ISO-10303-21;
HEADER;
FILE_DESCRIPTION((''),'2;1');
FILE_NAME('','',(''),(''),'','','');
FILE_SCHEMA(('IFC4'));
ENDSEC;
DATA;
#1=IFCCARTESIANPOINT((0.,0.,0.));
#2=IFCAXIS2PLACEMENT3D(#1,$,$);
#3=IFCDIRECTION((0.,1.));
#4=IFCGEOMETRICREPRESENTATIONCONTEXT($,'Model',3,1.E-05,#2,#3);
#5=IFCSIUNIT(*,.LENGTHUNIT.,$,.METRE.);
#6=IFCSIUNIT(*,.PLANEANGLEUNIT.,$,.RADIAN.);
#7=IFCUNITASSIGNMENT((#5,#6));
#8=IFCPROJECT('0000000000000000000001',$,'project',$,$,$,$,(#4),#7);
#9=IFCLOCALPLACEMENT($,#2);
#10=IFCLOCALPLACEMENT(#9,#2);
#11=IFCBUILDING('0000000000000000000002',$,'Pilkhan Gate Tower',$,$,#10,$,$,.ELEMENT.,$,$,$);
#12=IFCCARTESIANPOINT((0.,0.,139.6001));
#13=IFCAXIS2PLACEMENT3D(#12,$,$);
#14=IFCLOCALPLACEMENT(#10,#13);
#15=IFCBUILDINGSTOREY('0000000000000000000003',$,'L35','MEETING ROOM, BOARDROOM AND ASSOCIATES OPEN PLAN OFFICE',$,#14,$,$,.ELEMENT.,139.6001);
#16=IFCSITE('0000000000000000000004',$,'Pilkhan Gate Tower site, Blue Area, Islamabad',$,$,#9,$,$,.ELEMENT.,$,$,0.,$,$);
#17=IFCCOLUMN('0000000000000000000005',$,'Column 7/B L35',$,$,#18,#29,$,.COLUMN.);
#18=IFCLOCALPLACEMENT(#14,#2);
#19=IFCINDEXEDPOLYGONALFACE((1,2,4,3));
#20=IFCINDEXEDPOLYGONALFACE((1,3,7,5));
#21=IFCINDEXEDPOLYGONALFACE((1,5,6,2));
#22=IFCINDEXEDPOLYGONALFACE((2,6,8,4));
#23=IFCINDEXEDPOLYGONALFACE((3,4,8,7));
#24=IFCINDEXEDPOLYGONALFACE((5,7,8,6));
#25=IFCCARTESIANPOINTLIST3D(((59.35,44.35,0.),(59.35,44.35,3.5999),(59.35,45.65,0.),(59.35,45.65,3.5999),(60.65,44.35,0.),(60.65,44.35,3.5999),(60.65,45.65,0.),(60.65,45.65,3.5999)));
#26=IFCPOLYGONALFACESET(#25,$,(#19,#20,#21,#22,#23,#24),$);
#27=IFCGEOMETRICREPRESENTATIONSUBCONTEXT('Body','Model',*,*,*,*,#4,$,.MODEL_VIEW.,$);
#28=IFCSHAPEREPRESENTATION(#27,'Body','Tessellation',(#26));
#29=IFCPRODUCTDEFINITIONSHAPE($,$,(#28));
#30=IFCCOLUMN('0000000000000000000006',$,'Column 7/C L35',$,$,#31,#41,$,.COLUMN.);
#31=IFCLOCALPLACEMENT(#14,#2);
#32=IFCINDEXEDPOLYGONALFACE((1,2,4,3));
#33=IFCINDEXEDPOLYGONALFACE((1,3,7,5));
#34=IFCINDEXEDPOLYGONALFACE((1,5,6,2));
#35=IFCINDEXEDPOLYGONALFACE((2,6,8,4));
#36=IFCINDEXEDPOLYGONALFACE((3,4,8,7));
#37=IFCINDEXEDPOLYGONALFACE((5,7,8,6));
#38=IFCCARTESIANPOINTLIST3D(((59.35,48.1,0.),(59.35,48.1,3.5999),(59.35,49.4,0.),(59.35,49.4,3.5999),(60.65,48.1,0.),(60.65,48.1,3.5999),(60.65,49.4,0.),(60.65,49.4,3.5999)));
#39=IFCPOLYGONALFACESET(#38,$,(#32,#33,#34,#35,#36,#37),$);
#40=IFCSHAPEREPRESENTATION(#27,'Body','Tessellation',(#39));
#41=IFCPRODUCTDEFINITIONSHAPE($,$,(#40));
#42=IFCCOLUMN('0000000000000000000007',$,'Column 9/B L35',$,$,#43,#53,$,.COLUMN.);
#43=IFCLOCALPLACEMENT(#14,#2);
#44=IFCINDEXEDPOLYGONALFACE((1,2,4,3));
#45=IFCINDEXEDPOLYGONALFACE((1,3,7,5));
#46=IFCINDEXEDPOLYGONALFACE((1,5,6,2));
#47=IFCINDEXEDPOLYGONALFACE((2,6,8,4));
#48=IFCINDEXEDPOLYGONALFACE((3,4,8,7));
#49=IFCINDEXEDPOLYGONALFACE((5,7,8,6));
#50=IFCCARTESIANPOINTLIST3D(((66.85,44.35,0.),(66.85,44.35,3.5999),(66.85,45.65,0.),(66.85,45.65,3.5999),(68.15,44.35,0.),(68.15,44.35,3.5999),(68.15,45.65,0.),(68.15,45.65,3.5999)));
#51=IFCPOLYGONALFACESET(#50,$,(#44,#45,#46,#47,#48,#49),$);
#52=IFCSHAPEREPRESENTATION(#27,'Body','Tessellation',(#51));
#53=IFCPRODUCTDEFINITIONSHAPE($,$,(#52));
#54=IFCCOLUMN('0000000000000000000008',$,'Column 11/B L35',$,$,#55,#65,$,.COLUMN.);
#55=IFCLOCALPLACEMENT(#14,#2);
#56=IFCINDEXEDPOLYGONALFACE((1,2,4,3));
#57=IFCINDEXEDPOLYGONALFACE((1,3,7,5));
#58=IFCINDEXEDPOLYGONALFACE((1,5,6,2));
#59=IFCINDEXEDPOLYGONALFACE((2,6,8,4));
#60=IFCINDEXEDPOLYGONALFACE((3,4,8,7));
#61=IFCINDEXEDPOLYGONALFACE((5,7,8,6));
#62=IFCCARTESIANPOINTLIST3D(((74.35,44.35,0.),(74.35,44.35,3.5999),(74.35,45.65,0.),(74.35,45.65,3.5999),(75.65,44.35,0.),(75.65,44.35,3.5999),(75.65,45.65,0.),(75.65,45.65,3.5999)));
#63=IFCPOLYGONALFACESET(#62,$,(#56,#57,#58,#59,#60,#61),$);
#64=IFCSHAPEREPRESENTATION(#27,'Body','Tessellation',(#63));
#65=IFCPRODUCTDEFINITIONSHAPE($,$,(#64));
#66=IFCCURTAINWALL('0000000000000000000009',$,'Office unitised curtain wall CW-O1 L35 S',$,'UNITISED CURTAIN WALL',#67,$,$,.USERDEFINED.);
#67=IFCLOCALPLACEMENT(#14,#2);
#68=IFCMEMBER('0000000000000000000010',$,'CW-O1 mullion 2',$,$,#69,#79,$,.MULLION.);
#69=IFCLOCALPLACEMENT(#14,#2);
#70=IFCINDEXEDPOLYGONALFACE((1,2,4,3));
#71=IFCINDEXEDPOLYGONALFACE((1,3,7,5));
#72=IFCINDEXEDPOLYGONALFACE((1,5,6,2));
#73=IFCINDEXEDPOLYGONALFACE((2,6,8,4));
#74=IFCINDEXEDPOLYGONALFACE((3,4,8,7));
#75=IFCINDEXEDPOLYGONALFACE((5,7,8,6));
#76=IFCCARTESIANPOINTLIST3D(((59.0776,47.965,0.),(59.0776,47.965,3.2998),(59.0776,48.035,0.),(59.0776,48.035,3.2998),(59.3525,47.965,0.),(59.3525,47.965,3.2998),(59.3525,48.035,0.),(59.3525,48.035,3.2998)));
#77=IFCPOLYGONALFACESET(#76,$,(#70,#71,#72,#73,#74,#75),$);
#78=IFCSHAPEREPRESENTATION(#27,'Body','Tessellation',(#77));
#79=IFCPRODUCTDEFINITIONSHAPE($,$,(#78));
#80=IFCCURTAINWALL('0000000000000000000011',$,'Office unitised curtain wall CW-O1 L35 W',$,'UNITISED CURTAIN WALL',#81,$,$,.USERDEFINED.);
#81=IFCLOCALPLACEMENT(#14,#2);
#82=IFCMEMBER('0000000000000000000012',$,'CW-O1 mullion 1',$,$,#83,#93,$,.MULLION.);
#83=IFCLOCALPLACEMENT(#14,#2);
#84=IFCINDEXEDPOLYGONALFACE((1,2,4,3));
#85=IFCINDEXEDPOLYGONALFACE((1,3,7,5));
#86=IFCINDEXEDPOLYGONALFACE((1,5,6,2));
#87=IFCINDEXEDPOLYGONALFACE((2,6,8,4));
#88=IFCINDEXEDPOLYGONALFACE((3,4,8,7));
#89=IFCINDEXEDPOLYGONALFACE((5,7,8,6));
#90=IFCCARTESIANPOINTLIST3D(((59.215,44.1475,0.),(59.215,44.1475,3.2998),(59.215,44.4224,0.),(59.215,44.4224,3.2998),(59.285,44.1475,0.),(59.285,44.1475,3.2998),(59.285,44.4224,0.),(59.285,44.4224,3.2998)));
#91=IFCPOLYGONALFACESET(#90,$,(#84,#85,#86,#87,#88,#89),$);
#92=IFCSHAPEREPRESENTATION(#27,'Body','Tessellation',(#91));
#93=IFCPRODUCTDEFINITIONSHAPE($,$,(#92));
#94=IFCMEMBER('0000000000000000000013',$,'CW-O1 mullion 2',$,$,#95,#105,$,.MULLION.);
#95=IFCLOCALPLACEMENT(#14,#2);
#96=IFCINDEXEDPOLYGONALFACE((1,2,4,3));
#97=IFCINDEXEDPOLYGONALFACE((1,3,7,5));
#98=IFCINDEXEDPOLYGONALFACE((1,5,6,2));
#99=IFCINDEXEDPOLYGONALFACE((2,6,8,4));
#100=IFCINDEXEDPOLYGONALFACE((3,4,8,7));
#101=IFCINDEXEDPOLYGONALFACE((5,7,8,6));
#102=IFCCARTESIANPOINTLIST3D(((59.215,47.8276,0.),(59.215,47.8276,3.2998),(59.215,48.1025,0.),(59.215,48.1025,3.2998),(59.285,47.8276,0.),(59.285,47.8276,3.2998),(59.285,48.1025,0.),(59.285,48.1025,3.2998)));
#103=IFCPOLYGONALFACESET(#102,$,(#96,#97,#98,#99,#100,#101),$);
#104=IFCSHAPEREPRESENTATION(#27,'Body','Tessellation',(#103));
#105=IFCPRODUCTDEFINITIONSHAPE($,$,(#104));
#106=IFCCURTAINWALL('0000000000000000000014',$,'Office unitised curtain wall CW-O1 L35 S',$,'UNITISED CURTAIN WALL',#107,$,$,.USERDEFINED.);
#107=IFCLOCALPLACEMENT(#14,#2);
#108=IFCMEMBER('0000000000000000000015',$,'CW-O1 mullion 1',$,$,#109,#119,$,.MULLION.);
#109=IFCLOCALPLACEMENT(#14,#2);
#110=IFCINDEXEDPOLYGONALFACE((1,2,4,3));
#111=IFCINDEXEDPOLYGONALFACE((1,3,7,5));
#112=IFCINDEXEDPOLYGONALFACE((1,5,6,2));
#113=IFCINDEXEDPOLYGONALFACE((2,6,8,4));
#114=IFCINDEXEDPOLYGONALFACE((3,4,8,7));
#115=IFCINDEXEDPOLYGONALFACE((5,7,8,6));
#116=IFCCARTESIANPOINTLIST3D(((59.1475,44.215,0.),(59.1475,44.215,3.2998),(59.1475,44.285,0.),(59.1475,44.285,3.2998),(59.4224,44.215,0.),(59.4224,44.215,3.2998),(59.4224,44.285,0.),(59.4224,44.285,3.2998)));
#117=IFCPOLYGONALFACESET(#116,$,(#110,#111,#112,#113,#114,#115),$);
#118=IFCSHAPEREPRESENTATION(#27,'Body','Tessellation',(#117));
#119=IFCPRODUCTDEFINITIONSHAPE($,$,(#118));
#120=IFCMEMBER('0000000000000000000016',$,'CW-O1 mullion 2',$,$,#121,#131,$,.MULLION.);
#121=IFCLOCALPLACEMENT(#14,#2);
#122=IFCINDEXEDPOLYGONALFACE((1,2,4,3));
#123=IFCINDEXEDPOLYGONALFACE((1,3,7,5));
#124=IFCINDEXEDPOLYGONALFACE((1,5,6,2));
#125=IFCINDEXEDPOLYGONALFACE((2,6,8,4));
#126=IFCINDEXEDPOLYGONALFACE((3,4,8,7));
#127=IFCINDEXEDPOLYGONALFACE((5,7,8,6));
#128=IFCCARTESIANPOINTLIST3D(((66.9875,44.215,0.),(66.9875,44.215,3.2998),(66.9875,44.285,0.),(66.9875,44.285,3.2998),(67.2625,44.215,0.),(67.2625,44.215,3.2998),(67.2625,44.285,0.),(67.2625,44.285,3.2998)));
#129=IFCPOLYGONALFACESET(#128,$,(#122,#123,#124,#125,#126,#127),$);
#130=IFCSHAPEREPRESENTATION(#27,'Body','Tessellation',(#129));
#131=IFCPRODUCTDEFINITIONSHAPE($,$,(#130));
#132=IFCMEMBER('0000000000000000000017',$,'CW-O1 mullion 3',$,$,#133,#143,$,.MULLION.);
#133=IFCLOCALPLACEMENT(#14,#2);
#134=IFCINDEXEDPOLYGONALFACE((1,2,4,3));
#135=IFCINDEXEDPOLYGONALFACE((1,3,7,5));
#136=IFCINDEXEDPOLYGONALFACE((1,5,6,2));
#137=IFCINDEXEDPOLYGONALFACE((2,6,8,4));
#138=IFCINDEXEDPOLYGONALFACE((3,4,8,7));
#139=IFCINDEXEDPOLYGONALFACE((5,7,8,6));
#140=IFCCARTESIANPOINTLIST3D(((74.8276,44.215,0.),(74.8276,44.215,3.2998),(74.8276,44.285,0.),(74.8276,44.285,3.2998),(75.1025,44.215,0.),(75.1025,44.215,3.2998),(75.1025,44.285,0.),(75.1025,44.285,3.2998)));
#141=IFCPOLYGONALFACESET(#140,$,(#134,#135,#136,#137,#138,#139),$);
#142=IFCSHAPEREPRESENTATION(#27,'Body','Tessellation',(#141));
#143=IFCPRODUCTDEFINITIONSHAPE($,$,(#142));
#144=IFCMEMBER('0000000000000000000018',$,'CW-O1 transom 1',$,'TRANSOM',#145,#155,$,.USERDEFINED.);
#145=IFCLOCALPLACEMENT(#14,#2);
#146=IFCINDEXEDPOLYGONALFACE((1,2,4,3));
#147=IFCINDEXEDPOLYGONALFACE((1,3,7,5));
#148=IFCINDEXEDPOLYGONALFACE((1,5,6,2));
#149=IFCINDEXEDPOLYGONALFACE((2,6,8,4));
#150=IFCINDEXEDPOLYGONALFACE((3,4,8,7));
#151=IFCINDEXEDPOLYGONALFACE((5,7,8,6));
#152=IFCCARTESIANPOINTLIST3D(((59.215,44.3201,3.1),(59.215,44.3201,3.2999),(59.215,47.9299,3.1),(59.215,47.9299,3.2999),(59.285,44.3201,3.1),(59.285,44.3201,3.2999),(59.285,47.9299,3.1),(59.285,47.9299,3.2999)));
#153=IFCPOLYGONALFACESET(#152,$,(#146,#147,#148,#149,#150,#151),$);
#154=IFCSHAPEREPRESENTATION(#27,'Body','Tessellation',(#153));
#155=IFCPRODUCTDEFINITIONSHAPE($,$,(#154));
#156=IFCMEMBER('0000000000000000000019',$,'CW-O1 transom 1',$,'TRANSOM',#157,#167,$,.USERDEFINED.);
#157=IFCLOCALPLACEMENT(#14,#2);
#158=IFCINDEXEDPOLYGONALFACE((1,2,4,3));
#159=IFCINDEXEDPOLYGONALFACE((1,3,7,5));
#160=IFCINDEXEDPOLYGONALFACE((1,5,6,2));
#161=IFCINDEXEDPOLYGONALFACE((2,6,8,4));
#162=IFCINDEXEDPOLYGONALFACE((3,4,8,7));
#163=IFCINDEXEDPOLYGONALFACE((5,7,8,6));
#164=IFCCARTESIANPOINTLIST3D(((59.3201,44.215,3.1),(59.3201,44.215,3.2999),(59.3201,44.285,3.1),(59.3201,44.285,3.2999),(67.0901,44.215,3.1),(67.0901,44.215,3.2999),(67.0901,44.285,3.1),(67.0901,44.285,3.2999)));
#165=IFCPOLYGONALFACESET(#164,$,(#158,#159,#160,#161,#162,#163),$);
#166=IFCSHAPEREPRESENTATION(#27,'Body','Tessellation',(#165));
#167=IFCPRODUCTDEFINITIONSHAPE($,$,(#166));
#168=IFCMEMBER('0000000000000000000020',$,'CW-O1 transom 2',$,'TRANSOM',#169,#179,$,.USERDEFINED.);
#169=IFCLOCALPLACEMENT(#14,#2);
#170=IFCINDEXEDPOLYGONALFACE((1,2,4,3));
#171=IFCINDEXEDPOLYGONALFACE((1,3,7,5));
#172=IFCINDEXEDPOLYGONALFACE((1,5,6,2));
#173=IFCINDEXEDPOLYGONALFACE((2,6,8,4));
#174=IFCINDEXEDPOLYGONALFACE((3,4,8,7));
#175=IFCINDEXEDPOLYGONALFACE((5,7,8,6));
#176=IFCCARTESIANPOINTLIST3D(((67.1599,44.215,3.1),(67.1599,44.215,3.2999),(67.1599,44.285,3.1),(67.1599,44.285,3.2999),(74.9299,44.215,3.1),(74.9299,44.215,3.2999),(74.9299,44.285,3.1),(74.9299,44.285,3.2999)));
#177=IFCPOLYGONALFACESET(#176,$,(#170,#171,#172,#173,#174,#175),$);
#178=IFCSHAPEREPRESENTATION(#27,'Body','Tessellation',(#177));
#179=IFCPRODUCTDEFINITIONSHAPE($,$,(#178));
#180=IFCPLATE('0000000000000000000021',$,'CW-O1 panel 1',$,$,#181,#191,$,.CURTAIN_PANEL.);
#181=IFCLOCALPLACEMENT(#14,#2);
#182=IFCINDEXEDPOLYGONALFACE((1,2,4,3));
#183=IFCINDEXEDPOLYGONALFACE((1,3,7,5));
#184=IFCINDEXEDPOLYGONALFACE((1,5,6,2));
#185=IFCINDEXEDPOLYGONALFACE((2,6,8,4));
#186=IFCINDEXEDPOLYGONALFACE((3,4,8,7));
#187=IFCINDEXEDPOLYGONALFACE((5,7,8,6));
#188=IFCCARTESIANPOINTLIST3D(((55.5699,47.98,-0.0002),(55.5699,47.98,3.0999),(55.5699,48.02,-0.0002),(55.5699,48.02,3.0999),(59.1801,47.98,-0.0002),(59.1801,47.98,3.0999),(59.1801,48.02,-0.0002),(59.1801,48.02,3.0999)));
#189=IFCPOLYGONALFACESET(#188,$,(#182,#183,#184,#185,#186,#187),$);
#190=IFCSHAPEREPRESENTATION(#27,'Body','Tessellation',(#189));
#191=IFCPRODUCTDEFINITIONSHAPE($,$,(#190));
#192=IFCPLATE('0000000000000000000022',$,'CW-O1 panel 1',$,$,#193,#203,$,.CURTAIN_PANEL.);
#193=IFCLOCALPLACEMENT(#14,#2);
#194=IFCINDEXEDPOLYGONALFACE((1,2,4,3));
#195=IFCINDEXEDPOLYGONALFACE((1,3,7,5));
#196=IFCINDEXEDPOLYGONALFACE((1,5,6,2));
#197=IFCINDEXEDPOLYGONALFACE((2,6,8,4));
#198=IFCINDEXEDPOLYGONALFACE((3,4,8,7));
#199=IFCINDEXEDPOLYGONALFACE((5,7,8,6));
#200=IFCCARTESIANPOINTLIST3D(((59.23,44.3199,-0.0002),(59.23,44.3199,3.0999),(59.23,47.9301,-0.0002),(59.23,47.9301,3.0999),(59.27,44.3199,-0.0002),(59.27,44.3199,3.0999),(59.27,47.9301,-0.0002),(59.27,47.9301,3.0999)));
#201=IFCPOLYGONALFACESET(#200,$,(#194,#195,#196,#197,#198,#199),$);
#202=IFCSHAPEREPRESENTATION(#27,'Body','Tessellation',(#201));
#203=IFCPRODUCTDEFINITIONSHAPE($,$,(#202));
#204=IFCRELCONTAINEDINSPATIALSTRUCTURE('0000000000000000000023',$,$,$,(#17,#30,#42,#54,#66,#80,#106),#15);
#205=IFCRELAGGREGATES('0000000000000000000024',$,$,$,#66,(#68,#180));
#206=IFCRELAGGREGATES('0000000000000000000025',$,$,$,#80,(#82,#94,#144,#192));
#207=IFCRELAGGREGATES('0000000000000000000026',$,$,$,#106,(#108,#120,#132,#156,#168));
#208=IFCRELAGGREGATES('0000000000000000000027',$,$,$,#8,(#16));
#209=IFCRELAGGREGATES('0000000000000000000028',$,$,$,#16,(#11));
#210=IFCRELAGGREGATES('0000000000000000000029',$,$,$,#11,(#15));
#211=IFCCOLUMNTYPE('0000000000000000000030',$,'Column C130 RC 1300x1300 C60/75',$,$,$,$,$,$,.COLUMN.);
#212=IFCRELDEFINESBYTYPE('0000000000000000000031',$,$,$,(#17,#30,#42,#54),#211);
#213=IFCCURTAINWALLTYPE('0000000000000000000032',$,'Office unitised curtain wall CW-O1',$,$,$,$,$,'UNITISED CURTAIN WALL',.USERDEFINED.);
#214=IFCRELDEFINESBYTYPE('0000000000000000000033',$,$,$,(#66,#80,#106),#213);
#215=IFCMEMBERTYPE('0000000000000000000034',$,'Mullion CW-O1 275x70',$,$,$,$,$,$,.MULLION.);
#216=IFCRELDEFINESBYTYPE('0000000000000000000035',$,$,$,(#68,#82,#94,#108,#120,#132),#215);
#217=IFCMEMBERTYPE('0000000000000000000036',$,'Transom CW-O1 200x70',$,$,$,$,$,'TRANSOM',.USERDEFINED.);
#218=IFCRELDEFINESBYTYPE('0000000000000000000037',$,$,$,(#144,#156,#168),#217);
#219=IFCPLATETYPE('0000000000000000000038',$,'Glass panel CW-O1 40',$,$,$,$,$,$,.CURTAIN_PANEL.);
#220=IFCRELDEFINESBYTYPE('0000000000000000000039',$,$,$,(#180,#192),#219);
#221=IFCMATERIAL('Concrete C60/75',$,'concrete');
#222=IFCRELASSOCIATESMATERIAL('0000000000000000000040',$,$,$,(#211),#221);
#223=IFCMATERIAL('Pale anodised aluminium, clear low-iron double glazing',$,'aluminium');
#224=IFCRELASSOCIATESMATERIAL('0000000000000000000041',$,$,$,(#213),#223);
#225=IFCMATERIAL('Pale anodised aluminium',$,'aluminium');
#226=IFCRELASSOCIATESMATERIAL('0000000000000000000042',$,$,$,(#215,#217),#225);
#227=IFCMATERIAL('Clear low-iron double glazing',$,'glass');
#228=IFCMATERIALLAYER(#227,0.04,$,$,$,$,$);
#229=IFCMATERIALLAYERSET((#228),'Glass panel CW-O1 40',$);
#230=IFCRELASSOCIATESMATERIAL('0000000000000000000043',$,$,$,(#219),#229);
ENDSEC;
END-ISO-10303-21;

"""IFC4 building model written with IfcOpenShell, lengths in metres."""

from ifc_helpers import new_model, si_unit, direction, frame, origin, origin_2d, place, context, subcontext, project, spatial, rectangle, extrude, material, layer, layer_set, material_profile, profile_set, type_object, element, aggregate, save


model = new_model("IFC4")

# Units and contexts
model_context = context("Model", 3, precision=1e-05, world=origin(), true_north=direction((0.0, 1.0)))
body_context = subcontext(model_context, "Body", "Model", "MODEL_VIEW")
ifc_project = project(units=[si_unit("LENGTHUNIT", "METRE"), si_unit("PLANEANGLEUNIT", "RADIAN")], contexts=[model_context])

# Site, building, storey
site_placement = place(None, origin())
site = spatial("IfcSite", under=ifc_project, at=site_placement, Name="Pilkhan Gate Tower site, Blue Area, Islamabad", CompositionType="ELEMENT", RefElevation=0.0)
building_placement = place(site_placement, origin())
building = spatial("IfcBuilding", under=site, at=building_placement, Name="Pilkhan Gate Tower", CompositionType="ELEMENT")
storey_placement = place(building_placement, frame((0.0, 0.0, 139.6001)))
storey = spatial("IfcBuildingStorey", under=building, at=storey_placement, Name="L35", Description="MEETING ROOM, BOARDROOM AND ASSOCIATES OPEN PLAN OFFICE", CompositionType="ELEMENT", Elevation=139.6001)

# Columns
ifc_material_1 = material(Name="Concrete C60/75", Category="concrete")
ifc_material_profile_1 = material_profile(ifc_material_1, rectangle(XDim=1.3, YDim=1.3, at=origin_2d()), Name="RC 1300x1300")
ifc_profile_set_1 = profile_set([ifc_material_profile_1], Name="Concrete C60/75")
column_type = type_object("IfcColumnType", Name="Column C130 RC 1300x1300 C60/75", PredefinedType="COLUMN", material=ifc_profile_set_1)
for number, where, z_axis, x_axis, name in (
    (1, (60.0, 45.0, 0.0), (0.0, 0.0, 1.0), (1.0, 0.0, 0.0), "Column 7/B L35"),
    (2, (60.0, 48.75, 0.0), (0.0, 0.0, 1.0), (1.0, 0.0, 0.0), "Column 7/C L35"),
    (3, (67.5, 45.0, 0.0), (0.0, 0.0, 1.0), (1.0, 0.0, 0.0), "Column 9/B L35"),
    (4, (75.0, 45.0, 0.0), (0.0, 0.0, 1.0), (1.0, 0.0, 0.0), "Column 11/B L35"),
):
    element("IfcColumn", number, at=place(storey_placement, frame(where, z_axis=z_axis, x_axis=x_axis)), inside=storey, type_object=column_type, Name=name, PredefinedType="COLUMN", context=body_context, shape_type="SweptSolid", body=[
        extrude(rectangle(XDim=1.3, YDim=1.3, at=origin_2d()), origin(), (0.0, 0.0, 1.0), 3.5999),
    ])

# Curtain wall, member
ifc_material_2 = material(Name="Pale anodised aluminium, clear low-iron double glazing", Category="aluminium")
curtain_wall_type = type_object("IfcCurtainWallType", Name="Office unitised curtain wall CW-O1", ElementType="UNITISED CURTAIN WALL", PredefinedType="USERDEFINED", material=ifc_material_2)
curtain_wall_1_placement = place(storey_placement, origin())
curtain_wall_1 = element("IfcCurtainWall", 5, at=curtain_wall_1_placement, inside=storey, type_object=curtain_wall_type, Name="Office unitised curtain wall CW-O1 L35 S", ObjectType="UNITISED CURTAIN WALL", PredefinedType="USERDEFINED")
ifc_material_3 = material(Name="Pale anodised aluminium", Category="aluminium")
ifc_material_profile_2 = material_profile(ifc_material_3, rectangle(XDim=0.0701, YDim=0.2749, at=origin_2d()), Name="Mullion 275x70")
ifc_profile_set_2 = profile_set([ifc_material_profile_2], Name="Pale anodised aluminium")
member_type_1 = type_object("IfcMemberType", Name="Mullion CW-O1 275x70", PredefinedType="MULLION", material=ifc_profile_set_2)
member_1_placement = place(storey_placement, frame((59.2151, 48.0, 0.0), z_axis=(0.0, 0.0, 1.0), x_axis=(0.0, 1.0, 0.0)))
member_1 = element("IfcMember", 6, at=member_1_placement, type_object=member_type_1, Name="CW-O1 mullion 2", PredefinedType="MULLION", context=body_context, shape_type="SweptSolid", body=[
    extrude(rectangle(XDim=0.0701, YDim=0.2749, at=origin_2d()), origin(), (0.0, 0.0, 1.0), 3.2998),
])

# Curtain walls, members
curtain_wall_2_placement = place(storey_placement, origin())
curtain_wall_2 = element("IfcCurtainWall", 7, at=curtain_wall_2_placement, inside=storey, type_object=curtain_wall_type, Name="Office unitised curtain wall CW-O1 L35 W", ObjectType="UNITISED CURTAIN WALL", PredefinedType="USERDEFINED")
member_2_placement = place(storey_placement, frame((59.25, 44.2849, 0.0), z_axis=(0.0, 0.0, 1.0), x_axis=(-1.0, 0.0, 0.0)))
member_2 = element("IfcMember", 8, at=member_2_placement, type_object=member_type_1, Name="CW-O1 mullion 1", PredefinedType="MULLION", context=body_context, shape_type="SweptSolid", body=[
    extrude(rectangle(XDim=0.0701, YDim=0.2749, at=origin_2d()), origin(), (0.0, 0.0, 1.0), 3.2998),
])
member_3_placement = place(storey_placement, frame((59.25, 47.9651, 0.0), z_axis=(0.0, 0.0, 1.0), x_axis=(-1.0, 0.0, 0.0)))
member_3 = element("IfcMember", 9, at=member_3_placement, type_object=member_type_1, Name="CW-O1 mullion 2", PredefinedType="MULLION", context=body_context, shape_type="SweptSolid", body=[
    extrude(rectangle(XDim=0.0701, YDim=0.2749, at=origin_2d()), origin(), (0.0, 0.0, 1.0), 3.2998),
])
curtain_wall_3_placement = place(storey_placement, origin())
curtain_wall_3 = element("IfcCurtainWall", 10, at=curtain_wall_3_placement, inside=storey, type_object=curtain_wall_type, Name="Office unitised curtain wall CW-O1 L35 S", ObjectType="UNITISED CURTAIN WALL", PredefinedType="USERDEFINED")
member_4_placement = place(storey_placement, frame((59.2849, 44.25, 0.0), z_axis=(0.0, 0.0, 1.0), x_axis=(0.0, 1.0, 0.0)))
member_4 = element("IfcMember", 11, at=member_4_placement, type_object=member_type_1, Name="CW-O1 mullion 1", PredefinedType="MULLION", context=body_context, shape_type="SweptSolid", body=[
    extrude(rectangle(XDim=0.0701, YDim=0.2749, at=origin_2d()), origin(), (0.0, 0.0, 1.0), 3.2998),
])
member_5_placement = place(storey_placement, frame((67.125, 44.25, 0.0), z_axis=(0.0, 0.0, 1.0), x_axis=(0.0, 1.0, 0.0)))
member_5 = element("IfcMember", 12, at=member_5_placement, type_object=member_type_1, Name="CW-O1 mullion 2", PredefinedType="MULLION", context=body_context, shape_type="SweptSolid", body=[
    extrude(rectangle(XDim=0.0701, YDim=0.2749, at=origin_2d()), origin(), (0.0, 0.0, 1.0), 3.2998),
])
member_6_placement = place(storey_placement, frame((74.9651, 44.25, 0.0), z_axis=(0.0, 0.0, 1.0), x_axis=(0.0, 1.0, 0.0)))
member_6 = element("IfcMember", 13, at=member_6_placement, type_object=member_type_1, Name="CW-O1 mullion 3", PredefinedType="MULLION", context=body_context, shape_type="SweptSolid", body=[
    extrude(rectangle(XDim=0.0701, YDim=0.2749, at=origin_2d()), origin(), (0.0, 0.0, 1.0), 3.2998),
])

# Members
ifc_material_profile_3 = material_profile(ifc_material_3, rectangle(XDim=0.0701, YDim=0.2, at=origin_2d()), Name="Transom 200x70")
ifc_profile_set_3 = profile_set([ifc_material_profile_3], Name="Pale anodised aluminium")
member_type_2 = type_object("IfcMemberType", Name="Transom CW-O1 200x70", ElementType="TRANSOM", PredefinedType="USERDEFINED", material=ifc_profile_set_3)
member_7_placement = place(storey_placement, frame((59.25, 44.3201, 3.2), z_axis=(0.0, 1.0, 0.0), x_axis=(-1.0, 0.0, 0.0)))
member_7 = element("IfcMember", 14, at=member_7_placement, type_object=member_type_2, Name="CW-O1 transom 1", ObjectType="TRANSOM", PredefinedType="USERDEFINED", context=body_context, shape_type="SweptSolid", body=[
    extrude(rectangle(XDim=0.0701, YDim=0.2, at=origin_2d()), origin(), (0.0, 0.0, 1.0), 3.6099),
])
member_8_placement = place(storey_placement, frame((59.3201, 44.25, 3.2), z_axis=(1.0, 0.0, 0.0), x_axis=(0.0, 1.0, 0.0)))
member_8 = element("IfcMember", 15, at=member_8_placement, type_object=member_type_2, Name="CW-O1 transom 1", ObjectType="TRANSOM", PredefinedType="USERDEFINED", context=body_context, shape_type="SweptSolid", body=[
    extrude(rectangle(XDim=0.0701, YDim=0.2, at=origin_2d()), origin(), (0.0, 0.0, 1.0), 7.77),
])
member_9_placement = place(storey_placement, frame((67.1599, 44.25, 3.2), z_axis=(1.0, 0.0, 0.0), x_axis=(0.0, 1.0, 0.0)))
member_9 = element("IfcMember", 16, at=member_9_placement, type_object=member_type_2, Name="CW-O1 transom 2", ObjectType="TRANSOM", PredefinedType="USERDEFINED", context=body_context, shape_type="SweptSolid", body=[
    extrude(rectangle(XDim=0.0701, YDim=0.2, at=origin_2d()), origin(), (0.0, 0.0, 1.0), 7.77),
])

# Plates
ifc_material_4 = material(Name="Clear low-iron double glazing", Category="glass")
ifc_layer_1 = layer(ifc_material_4, 0.04)
ifc_layer_set_1 = layer_set([ifc_layer_1], Name="Glass panel CW-O1 40")
plate_type = type_object("IfcPlateType", Name="Glass panel CW-O1 40", PredefinedType="CURTAIN_PANEL", material=ifc_layer_set_1)
plate_1_placement = place(storey_placement, frame((57.375, 48.0, -0.0002), z_axis=(0.0, 0.0, 1.0), x_axis=(1.0, 0.0, 0.0)))
plate_1 = element("IfcPlate", 17, at=plate_1_placement, type_object=plate_type, Name="CW-O1 panel 1", PredefinedType="CURTAIN_PANEL", context=body_context, shape_type="SweptSolid", body=[
    extrude(rectangle(XDim=3.6101, YDim=0.04, at=origin_2d()), origin(), (0.0, 0.0, 1.0), 3.1001),
])
aggregate(curtain_wall_1, [member_1, plate_1])
plate_2_placement = place(storey_placement, frame((59.25, 46.125, -0.0002), z_axis=(0.0, 0.0, 1.0), x_axis=(0.0, 1.0, 0.0)))
plate_2 = element("IfcPlate", 18, at=plate_2_placement, type_object=plate_type, Name="CW-O1 panel 1", PredefinedType="CURTAIN_PANEL", context=body_context, shape_type="SweptSolid", body=[
    extrude(rectangle(XDim=3.6101, YDim=0.04, at=origin_2d()), origin(), (0.0, 0.0, 1.0), 3.1001),
])
aggregate(curtain_wall_2, [member_2, member_3, member_7, plate_2])
aggregate(curtain_wall_3, [member_4, member_5, member_6, member_8, member_9])

save(model, "model.ifc")
